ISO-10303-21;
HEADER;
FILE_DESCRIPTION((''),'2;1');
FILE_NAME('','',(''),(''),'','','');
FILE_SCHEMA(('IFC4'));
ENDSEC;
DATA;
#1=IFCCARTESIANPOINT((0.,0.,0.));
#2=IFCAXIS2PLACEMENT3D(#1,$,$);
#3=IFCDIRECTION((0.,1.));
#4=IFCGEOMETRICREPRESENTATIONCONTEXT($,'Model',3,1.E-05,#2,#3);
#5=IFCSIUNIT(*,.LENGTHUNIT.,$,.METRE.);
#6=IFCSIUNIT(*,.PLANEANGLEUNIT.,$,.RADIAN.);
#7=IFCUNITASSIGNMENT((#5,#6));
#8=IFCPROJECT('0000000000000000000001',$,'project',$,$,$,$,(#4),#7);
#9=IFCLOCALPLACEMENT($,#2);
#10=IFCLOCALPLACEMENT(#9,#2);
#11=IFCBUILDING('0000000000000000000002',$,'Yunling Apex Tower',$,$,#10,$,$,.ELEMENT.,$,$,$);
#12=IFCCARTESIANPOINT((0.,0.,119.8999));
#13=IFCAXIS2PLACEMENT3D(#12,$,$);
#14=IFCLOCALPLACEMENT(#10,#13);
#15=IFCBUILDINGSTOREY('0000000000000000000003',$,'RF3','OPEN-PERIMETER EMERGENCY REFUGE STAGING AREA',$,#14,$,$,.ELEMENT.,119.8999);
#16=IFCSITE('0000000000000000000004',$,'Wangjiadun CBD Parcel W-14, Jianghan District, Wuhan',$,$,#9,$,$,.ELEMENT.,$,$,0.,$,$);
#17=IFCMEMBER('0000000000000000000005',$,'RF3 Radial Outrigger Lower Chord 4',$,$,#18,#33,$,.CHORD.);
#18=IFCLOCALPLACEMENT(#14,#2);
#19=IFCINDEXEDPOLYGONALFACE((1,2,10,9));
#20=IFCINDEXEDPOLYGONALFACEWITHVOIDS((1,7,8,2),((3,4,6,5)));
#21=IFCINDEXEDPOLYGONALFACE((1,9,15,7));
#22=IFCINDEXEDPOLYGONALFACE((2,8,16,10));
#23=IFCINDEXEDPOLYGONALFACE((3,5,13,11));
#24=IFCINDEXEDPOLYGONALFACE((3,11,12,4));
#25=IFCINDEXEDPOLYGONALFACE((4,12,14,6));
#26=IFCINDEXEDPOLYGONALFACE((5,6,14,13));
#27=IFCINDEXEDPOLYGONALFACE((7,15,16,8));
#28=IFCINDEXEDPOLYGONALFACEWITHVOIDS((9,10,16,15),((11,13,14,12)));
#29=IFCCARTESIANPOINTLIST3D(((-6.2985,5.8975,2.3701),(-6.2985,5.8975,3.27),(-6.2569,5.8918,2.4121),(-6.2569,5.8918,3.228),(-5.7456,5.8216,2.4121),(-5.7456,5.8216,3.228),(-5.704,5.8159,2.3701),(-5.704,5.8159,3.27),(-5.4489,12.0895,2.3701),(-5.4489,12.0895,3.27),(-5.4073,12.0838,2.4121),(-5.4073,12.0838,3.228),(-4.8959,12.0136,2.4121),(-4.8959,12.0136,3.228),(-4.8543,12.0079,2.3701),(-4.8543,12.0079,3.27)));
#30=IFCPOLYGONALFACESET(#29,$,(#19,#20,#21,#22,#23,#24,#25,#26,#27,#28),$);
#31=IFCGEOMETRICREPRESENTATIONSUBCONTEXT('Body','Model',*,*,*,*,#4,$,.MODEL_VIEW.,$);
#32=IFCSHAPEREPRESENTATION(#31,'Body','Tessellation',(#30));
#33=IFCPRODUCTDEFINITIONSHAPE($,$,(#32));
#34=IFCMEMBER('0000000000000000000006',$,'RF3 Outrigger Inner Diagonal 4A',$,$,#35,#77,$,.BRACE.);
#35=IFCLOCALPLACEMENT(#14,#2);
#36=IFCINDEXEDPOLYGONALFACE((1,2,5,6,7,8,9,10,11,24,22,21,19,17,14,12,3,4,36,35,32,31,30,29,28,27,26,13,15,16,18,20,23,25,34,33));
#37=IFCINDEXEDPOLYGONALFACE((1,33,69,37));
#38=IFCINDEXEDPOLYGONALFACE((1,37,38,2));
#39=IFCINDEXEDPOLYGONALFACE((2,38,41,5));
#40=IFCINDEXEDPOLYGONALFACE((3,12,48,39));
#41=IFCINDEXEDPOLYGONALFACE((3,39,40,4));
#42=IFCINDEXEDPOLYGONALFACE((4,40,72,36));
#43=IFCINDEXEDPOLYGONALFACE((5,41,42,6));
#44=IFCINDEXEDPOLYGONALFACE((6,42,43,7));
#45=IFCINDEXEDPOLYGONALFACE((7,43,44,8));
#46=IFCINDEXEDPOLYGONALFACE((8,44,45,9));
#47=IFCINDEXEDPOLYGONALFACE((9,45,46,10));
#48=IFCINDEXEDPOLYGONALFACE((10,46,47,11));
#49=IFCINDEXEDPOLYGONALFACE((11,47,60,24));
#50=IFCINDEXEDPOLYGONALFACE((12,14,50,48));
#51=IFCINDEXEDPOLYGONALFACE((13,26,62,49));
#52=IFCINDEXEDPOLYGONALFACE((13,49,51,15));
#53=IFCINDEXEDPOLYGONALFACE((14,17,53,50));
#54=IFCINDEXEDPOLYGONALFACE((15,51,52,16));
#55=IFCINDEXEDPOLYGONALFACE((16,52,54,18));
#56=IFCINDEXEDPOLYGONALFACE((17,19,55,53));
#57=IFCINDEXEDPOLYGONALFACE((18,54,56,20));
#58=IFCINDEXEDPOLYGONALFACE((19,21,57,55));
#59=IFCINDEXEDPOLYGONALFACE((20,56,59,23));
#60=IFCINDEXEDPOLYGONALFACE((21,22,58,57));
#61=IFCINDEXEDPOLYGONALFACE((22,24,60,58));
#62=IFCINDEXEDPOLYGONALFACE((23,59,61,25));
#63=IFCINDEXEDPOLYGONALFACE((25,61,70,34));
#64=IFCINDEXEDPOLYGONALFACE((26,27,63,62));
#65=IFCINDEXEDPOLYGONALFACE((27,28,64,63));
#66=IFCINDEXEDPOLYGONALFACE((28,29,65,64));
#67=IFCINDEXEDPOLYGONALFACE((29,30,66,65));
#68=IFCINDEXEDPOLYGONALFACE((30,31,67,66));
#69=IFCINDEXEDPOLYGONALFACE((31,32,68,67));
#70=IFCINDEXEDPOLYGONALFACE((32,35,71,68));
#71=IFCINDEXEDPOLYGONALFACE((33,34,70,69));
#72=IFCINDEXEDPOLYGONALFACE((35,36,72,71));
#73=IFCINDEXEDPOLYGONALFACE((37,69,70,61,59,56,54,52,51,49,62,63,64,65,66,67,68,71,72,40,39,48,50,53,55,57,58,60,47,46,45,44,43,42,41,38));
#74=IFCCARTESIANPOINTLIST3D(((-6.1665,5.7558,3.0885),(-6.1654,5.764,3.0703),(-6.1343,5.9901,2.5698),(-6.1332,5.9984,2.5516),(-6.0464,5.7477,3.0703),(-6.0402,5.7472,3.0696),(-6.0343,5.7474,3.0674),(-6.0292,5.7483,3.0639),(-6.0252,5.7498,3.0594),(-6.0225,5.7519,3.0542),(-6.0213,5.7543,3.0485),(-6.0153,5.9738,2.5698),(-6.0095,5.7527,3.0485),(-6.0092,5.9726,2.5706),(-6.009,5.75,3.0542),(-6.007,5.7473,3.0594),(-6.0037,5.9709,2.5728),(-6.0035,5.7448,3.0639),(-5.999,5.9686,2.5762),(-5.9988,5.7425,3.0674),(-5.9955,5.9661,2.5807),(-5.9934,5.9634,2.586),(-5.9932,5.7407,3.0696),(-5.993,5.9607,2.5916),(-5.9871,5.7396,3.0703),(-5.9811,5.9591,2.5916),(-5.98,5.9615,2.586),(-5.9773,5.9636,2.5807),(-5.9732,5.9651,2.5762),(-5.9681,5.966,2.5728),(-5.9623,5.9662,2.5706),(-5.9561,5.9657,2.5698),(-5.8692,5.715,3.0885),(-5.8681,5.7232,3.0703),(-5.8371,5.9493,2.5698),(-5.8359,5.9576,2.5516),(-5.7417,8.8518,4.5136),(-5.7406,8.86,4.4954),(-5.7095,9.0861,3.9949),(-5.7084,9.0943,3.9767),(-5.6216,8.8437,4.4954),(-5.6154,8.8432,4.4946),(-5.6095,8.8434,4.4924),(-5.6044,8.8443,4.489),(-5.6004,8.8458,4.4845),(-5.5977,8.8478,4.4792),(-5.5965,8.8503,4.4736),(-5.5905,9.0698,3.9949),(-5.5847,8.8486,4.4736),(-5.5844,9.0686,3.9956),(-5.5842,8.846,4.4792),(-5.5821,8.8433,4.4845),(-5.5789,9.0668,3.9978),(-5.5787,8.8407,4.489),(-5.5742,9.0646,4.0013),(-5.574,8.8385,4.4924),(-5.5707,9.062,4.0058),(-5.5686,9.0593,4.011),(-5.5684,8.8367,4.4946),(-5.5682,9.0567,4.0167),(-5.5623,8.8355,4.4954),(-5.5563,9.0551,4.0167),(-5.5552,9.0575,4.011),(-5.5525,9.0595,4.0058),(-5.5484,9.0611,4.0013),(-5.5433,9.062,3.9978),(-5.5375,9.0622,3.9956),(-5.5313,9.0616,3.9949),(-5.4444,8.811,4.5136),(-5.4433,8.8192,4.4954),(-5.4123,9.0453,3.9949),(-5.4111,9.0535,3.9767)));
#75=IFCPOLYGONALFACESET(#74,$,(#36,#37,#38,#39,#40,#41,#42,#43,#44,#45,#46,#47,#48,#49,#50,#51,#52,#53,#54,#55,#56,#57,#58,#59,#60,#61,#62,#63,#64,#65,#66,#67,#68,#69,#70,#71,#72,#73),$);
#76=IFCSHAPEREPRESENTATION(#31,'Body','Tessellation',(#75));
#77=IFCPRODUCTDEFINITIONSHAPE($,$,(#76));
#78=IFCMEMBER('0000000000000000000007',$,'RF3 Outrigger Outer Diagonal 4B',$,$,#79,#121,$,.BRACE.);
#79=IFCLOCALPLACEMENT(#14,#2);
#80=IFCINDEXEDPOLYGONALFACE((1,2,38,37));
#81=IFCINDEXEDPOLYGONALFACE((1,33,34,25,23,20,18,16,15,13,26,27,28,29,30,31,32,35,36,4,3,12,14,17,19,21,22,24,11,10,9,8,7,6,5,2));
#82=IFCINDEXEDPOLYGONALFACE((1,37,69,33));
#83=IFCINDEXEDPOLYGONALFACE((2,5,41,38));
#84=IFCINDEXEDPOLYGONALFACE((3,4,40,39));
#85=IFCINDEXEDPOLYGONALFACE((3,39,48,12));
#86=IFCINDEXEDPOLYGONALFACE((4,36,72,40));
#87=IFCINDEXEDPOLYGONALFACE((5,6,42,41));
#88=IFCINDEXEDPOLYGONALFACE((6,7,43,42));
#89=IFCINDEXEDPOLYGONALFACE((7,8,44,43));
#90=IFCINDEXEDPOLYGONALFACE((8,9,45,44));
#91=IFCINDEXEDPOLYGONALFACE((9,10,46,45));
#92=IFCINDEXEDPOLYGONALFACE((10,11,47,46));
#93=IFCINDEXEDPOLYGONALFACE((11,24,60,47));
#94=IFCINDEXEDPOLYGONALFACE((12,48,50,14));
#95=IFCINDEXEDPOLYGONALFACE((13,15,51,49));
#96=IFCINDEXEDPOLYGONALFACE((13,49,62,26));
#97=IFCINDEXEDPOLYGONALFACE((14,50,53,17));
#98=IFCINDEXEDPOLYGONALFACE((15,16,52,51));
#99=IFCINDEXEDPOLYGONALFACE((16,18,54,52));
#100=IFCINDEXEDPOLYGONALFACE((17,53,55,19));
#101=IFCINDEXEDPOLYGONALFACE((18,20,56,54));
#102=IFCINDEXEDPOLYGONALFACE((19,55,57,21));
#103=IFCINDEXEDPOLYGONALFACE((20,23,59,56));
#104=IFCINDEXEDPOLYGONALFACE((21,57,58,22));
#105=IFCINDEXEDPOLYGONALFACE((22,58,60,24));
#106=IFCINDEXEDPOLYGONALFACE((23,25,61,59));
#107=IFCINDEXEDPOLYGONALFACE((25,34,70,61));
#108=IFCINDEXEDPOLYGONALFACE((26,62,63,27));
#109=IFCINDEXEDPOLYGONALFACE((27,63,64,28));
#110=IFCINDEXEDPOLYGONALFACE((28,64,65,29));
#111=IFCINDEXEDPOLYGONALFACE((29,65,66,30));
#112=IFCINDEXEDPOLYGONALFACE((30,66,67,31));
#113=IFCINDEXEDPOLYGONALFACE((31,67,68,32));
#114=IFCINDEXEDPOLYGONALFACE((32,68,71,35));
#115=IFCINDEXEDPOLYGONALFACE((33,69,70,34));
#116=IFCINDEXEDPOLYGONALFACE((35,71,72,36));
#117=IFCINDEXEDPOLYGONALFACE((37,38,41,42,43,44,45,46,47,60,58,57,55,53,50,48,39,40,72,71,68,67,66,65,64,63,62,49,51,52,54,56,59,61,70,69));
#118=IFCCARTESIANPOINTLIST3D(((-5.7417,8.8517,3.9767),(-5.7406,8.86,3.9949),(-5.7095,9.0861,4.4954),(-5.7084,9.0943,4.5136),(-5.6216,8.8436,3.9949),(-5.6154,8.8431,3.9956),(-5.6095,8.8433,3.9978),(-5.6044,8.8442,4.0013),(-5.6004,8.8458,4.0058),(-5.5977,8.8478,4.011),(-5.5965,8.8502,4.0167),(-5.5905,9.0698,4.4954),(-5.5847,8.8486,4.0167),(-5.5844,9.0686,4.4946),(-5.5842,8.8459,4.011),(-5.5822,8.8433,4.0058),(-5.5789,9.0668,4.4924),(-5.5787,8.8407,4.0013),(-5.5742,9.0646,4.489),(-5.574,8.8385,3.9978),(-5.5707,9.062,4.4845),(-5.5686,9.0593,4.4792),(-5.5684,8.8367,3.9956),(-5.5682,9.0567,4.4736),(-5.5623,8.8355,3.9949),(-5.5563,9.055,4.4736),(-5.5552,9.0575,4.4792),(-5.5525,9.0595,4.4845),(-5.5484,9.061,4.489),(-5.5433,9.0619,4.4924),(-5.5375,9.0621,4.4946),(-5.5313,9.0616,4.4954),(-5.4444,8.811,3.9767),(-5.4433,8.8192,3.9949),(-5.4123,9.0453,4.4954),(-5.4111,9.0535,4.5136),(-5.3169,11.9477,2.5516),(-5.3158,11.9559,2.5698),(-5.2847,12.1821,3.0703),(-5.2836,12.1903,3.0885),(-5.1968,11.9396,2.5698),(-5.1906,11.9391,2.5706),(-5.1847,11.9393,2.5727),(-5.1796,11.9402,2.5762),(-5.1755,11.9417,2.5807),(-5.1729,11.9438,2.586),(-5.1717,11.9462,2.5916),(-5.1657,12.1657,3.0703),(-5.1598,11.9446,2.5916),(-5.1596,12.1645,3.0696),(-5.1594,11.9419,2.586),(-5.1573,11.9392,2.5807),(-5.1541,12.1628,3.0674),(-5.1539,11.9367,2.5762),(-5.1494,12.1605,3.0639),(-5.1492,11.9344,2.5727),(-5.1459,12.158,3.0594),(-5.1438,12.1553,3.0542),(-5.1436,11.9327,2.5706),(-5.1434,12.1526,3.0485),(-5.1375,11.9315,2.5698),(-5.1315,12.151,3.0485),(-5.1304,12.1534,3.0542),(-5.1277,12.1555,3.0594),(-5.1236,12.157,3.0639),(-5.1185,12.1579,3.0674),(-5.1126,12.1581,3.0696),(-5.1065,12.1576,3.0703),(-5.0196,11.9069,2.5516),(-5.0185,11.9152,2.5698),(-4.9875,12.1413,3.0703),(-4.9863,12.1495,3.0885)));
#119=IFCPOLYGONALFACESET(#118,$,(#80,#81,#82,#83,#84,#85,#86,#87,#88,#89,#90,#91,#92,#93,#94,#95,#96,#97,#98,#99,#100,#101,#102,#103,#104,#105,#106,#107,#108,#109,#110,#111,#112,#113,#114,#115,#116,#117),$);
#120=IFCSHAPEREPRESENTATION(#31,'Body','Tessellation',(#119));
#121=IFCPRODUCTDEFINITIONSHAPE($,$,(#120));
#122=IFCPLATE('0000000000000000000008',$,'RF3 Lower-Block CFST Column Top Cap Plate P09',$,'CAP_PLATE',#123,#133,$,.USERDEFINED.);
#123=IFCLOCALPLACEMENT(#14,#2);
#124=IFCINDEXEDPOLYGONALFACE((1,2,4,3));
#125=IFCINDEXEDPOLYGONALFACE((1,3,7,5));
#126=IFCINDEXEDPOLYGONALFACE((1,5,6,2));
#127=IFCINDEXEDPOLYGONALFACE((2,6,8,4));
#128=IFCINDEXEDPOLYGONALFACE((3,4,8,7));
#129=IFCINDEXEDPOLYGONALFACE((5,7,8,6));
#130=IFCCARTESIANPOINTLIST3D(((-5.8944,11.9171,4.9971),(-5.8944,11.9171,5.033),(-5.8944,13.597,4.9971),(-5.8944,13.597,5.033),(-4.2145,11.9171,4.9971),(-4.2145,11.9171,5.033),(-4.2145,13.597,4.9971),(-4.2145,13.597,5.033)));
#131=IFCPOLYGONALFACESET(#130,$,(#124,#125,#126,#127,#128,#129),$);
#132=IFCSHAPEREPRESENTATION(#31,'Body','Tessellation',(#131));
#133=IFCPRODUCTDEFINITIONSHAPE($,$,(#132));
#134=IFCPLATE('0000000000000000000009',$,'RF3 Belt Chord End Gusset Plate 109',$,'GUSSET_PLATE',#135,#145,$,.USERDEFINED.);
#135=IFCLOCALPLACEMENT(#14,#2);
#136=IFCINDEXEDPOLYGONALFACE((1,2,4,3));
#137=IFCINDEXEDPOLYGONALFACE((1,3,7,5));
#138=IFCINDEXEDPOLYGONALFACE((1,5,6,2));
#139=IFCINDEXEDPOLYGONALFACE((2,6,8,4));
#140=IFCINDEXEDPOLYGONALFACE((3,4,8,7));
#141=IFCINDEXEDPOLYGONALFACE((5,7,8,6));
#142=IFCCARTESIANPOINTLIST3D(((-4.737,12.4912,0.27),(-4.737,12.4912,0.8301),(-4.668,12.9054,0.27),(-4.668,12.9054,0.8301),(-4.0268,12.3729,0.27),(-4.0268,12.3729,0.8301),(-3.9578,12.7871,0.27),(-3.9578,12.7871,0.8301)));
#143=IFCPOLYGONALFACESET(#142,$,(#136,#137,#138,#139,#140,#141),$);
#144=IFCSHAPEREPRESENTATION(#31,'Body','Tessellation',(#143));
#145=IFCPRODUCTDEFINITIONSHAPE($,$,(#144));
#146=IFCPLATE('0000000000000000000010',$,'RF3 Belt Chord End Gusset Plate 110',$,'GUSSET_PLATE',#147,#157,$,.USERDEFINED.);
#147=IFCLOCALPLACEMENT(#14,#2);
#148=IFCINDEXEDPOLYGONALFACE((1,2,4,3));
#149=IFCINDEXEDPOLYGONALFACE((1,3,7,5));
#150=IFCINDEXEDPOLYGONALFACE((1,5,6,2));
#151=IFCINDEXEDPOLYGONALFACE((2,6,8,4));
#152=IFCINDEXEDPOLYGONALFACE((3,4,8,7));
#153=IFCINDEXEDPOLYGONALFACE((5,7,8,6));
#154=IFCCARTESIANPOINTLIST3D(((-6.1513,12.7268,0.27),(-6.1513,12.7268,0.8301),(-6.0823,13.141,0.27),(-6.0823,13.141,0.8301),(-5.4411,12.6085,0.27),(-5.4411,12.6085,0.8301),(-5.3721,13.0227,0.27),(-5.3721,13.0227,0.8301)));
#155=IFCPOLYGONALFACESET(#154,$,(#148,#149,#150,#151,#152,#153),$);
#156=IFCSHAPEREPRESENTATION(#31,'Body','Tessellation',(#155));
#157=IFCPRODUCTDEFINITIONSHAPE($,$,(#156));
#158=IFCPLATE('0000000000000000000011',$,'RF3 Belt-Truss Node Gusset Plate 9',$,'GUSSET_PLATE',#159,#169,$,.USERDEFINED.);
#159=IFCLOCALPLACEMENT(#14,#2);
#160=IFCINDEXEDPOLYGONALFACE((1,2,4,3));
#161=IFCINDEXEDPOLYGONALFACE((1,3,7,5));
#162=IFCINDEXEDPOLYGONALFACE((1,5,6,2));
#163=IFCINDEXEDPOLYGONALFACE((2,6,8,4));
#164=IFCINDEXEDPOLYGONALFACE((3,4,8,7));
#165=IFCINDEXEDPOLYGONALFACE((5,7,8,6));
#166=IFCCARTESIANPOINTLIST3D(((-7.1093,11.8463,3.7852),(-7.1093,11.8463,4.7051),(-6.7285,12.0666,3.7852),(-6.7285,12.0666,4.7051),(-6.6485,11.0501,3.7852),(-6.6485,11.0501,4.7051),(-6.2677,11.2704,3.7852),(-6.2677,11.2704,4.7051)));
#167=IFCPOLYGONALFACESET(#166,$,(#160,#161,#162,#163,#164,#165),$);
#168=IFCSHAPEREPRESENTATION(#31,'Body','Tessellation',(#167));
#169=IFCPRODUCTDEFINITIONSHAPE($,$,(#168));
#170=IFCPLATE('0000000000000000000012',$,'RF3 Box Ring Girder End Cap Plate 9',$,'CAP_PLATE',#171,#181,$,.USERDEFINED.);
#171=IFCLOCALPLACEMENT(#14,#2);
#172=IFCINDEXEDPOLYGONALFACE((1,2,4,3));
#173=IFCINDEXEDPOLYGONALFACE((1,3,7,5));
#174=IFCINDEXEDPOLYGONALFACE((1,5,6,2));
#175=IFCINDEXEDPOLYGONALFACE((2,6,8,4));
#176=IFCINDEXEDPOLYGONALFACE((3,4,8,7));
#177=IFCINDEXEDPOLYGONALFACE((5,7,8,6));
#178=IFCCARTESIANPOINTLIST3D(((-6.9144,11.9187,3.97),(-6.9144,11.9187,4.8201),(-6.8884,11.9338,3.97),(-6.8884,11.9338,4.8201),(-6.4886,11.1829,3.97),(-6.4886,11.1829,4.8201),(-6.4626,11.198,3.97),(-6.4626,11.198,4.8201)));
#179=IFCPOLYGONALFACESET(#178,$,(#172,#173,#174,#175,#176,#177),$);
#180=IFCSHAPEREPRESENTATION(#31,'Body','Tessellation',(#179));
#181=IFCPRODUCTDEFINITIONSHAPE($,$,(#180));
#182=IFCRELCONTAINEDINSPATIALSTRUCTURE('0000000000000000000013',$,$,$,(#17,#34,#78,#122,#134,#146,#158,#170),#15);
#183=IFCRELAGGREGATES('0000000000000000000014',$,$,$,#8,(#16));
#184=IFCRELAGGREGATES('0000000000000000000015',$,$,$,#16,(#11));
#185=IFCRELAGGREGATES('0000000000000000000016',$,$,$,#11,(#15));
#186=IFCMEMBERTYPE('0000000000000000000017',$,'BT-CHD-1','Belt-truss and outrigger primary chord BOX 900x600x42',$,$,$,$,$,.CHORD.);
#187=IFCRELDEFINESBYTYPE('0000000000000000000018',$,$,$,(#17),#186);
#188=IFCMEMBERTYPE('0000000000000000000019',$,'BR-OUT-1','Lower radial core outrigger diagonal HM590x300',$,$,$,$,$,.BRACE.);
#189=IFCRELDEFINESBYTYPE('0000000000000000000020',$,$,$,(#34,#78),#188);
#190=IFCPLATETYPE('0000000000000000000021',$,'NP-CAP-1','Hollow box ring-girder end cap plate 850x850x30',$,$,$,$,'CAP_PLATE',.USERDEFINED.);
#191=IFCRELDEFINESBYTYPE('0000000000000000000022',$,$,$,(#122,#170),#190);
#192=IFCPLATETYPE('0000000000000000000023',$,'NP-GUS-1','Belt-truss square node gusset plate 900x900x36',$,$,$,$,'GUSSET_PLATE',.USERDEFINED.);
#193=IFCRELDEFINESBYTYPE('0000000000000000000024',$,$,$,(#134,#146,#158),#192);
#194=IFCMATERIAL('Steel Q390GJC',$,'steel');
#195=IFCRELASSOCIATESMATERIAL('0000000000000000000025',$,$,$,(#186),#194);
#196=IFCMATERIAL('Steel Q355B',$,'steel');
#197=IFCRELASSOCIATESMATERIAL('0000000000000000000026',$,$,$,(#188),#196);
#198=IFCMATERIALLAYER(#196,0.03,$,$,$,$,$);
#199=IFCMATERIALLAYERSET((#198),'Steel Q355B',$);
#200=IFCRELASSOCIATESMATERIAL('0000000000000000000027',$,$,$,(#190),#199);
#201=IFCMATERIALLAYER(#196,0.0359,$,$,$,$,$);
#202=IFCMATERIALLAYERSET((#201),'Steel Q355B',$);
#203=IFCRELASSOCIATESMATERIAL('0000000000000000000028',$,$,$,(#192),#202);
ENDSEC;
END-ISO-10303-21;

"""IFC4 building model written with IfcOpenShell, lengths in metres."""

from ifc_helpers import new_model, si_unit, direction, frame, origin, origin_2d, place, context, subcontext, project, spatial, rectangle, hollow_rectangle, i_section, extrude, source, transform, mapped, material, layer, layer_set, material_profile, profile_set, type_object, element, save


model = new_model("IFC4")

# Units and contexts
model_context = context("Model", 3, precision=1e-05, world=origin(), true_north=direction((0.0, 1.0)))
body_context = subcontext(model_context, "Body", "Model", "MODEL_VIEW")
ifc_project = project(units=[si_unit("LENGTHUNIT", "METRE"), si_unit("PLANEANGLEUNIT", "RADIAN")], contexts=[model_context])

# Site, building, storey
site_placement = place(None, origin())
site = spatial("IfcSite", under=ifc_project, at=site_placement, Name="Wangjiadun CBD Parcel W-14, Jianghan District, Wuhan", CompositionType="ELEMENT", RefElevation=0.0)
building_placement = place(site_placement, origin())
building = spatial("IfcBuilding", under=site, at=building_placement, Name="Yunling Apex Tower", CompositionType="ELEMENT")
storey_placement = place(building_placement, frame((0.0, 0.0, 119.8999)))
storey = spatial("IfcBuildingStorey", under=building, at=storey_placement, Name="RF3", Description="OPEN-PERIMETER EMERGENCY REFUGE STAGING AREA", CompositionType="ELEMENT", Elevation=119.8999)

# Shared definitions
ifc_material_1 = material(Name="Steel Q390GJC", Category="steel")

# Shared definitions
ifc_material_profile_1 = material_profile(ifc_material_1, hollow_rectangle(XDim=0.6001, YDim=0.8999, WallThickness=0.042, at=origin_2d()))
ifc_profile_set_1 = profile_set([ifc_material_profile_1], Name="Steel Q390GJC")
member_type_1 = type_object("IfcMemberType", Name="BT-CHD-1", Description="Belt-truss and outrigger primary chord BOX 900x600x42", PredefinedType="CHORD", material=ifc_profile_set_1)

# Members
shared_shape_1 = source(origin(), body_context, "Body", "SweptSolid", [
    extrude(hollow_rectangle(XDim=0.6001, YDim=0.8999, WallThickness=0.042, at=origin_2d()), origin(), (0.0, 0.0, 1.0), 6.25),
])
member_1_placement = place(storey_placement, frame((-6.0012, 5.8567, 2.8201), z_axis=(0.135939, 0.990717, 0.0), x_axis=(-0.990717, 0.135939, 0.0)))
element("IfcMember", 1, at=member_1_placement, inside=storey, type_object=member_type_1, Name="RF3 Radial Outrigger Lower Chord 4", PredefinedType="CHORD", context=body_context, shape_type="MappedRepresentation", body=[
    mapped(shared_shape_1, transform((0.0, 0.0, 0.0), scale=1.0)),
])
ifc_material_2 = material(Name="Steel Q355B", Category="steel")
ifc_material_profile_2 = material_profile(ifc_material_2, i_section(OverallWidth=0.3, OverallDepth=0.5901, WebThickness=0.012, FlangeThickness=0.02, FilletRadius=0.0239, at=origin_2d()))
ifc_profile_set_2 = profile_set([ifc_material_profile_2], Name="Steel Q355B")
member_type_2 = type_object("IfcMemberType", Name="BR-OUT-1", Description="Lower radial core outrigger diagonal HM590x300", PredefinedType="BRACE", material=ifc_profile_set_2)
shared_shape_2 = source(origin(), body_context, "Body", "SweptSolid", [
    extrude(i_section(OverallWidth=0.3, OverallDepth=0.5901, WebThickness=0.012, FlangeThickness=0.02, FilletRadius=0.0239, at=origin_2d()), origin(), (0.0, 0.0, 1.0), 3.4346),
])
for number, where, z_axis, x_axis, name in (
    (2, (-6.0012, 5.8567, 2.8201), (0.123686, 0.901414, 0.414916), (-0.990717, 0.135939, 0.0), "RF3 Outrigger Inner Diagonal 4A"),
    (3, (-5.5764, 8.9526, 4.2451), (0.123686, 0.901414, -0.414916), (-0.990717, 0.135939, 0.0), "RF3 Outrigger Outer Diagonal 4B"),
):
    element("IfcMember", number, at=place(storey_placement, frame(where, z_axis=z_axis, x_axis=x_axis)), inside=storey, type_object=member_type_2, Name=name, PredefinedType="BRACE", context=body_context, shape_type="MappedRepresentation", body=[
        mapped(shared_shape_2, transform((0.0, 0.0, 0.0), scale=1.0)),
    ])

# Plates
ifc_layer_1 = layer(ifc_material_2, 0.03)
ifc_layer_set_1 = layer_set([ifc_layer_1], Name="Steel Q355B")
plate_type_1 = type_object("IfcPlateType", Name="NP-CAP-1", Description="Hollow box ring-girder end cap plate 850x850x30", ElementType="CAP_PLATE", PredefinedType="USERDEFINED", material=ifc_layer_set_1)
shared_shape_3 = source(origin(), body_context, "Body", "SweptSolid", [
    extrude(rectangle(XDim=1.6799, YDim=1.6799, at=origin_2d()), origin(), (0.0, 0.0, 1.0), 0.0359),
])
plate_1_placement = place(storey_placement, frame((-5.0544, 12.7571, 4.9971), z_axis=(0.0, 0.0, 1.0), x_axis=(1.0, 0.0, 0.0)))
element("IfcPlate", 4, at=plate_1_placement, inside=storey, type_object=plate_type_1, Name="RF3 Lower-Block CFST Column Top Cap Plate P09", ObjectType="CAP_PLATE", PredefinedType="USERDEFINED", context=body_context, shape_type="MappedRepresentation", body=[
    mapped(shared_shape_3, transform((0.0, 0.0, 0.0), scale=1.0)),
])
ifc_layer_2 = layer(ifc_material_2, 0.0359)
ifc_layer_set_2 = layer_set([ifc_layer_2], Name="Steel Q355B")
plate_type_2 = type_object("IfcPlateType", Name="NP-GUS-1", Description="Belt-truss square node gusset plate 900x900x36", ElementType="GUSSET_PLATE", PredefinedType="USERDEFINED", material=ifc_layer_set_2)
shared_shape_4 = source(origin(), body_context, "Body", "SweptSolid", [
    extrude(rectangle(XDim=0.72, YDim=0.4199, at=origin_2d()), origin(), (0.0, 0.0, 1.0), 0.5601),
])
for number, where, z_axis, x_axis, name in (
    (5, (-4.3474, 12.6392, 0.27), (0.0, 0.0, 1.0), (-0.986401, 0.164359, 0.0), "RF3 Belt Chord End Gusset Plate 109"),
    (6, (-5.7617, 12.8748, 0.27), (0.0, 0.0, 1.0), (-0.986401, 0.164359, 0.0), "RF3 Belt Chord End Gusset Plate 110"),
):
    element("IfcPlate", number, at=place(storey_placement, frame(where, z_axis=z_axis, x_axis=x_axis)), inside=storey, type_object=plate_type_2, Name=name, ObjectType="GUSSET_PLATE", PredefinedType="USERDEFINED", context=body_context, shape_type="MappedRepresentation", body=[
        mapped(shared_shape_4, transform((0.0, 0.0, 0.0), scale=1.0)),
    ])
shared_shape_5 = source(origin(), body_context, "Body", "SweptSolid", [
    extrude(rectangle(XDim=0.9199, YDim=0.4399, at=origin_2d()), origin(), (0.0, 0.0, 1.0), 0.9199),
])
plate_2_placement = place(storey_placement, frame((-6.6885, 11.5583, 3.7852), z_axis=(0.0, 0.0, 1.0), x_axis=(-0.500907, 0.865501, 0.0)))
element("IfcPlate", 7, at=plate_2_placement, inside=storey, type_object=plate_type_2, Name="RF3 Belt-Truss Node Gusset Plate 9", ObjectType="GUSSET_PLATE", PredefinedType="USERDEFINED", context=body_context, shape_type="MappedRepresentation", body=[
    mapped(shared_shape_5, transform((0.0, 0.0, 0.0), scale=1.0)),
])
shared_shape_6 = source(origin(), body_context, "Body", "SweptSolid", [
    extrude(rectangle(XDim=0.8501, YDim=0.03, at=origin_2d()), origin(), (0.0, 0.0, 1.0), 0.8501),
])
plate_3_placement = place(storey_placement, frame((-6.6885, 11.5583, 3.97), z_axis=(0.0, 0.0, 1.0), x_axis=(-0.500907, 0.865501, 0.0)))
element("IfcPlate", 8, at=plate_3_placement, inside=storey, type_object=plate_type_1, Name="RF3 Box Ring Girder End Cap Plate 9", ObjectType="CAP_PLATE", PredefinedType="USERDEFINED", context=body_context, shape_type="MappedRepresentation", body=[
    mapped(shared_shape_6, transform((0.0, 0.0, 0.0), scale=1.0)),
])

save(model, "model.ifc")
